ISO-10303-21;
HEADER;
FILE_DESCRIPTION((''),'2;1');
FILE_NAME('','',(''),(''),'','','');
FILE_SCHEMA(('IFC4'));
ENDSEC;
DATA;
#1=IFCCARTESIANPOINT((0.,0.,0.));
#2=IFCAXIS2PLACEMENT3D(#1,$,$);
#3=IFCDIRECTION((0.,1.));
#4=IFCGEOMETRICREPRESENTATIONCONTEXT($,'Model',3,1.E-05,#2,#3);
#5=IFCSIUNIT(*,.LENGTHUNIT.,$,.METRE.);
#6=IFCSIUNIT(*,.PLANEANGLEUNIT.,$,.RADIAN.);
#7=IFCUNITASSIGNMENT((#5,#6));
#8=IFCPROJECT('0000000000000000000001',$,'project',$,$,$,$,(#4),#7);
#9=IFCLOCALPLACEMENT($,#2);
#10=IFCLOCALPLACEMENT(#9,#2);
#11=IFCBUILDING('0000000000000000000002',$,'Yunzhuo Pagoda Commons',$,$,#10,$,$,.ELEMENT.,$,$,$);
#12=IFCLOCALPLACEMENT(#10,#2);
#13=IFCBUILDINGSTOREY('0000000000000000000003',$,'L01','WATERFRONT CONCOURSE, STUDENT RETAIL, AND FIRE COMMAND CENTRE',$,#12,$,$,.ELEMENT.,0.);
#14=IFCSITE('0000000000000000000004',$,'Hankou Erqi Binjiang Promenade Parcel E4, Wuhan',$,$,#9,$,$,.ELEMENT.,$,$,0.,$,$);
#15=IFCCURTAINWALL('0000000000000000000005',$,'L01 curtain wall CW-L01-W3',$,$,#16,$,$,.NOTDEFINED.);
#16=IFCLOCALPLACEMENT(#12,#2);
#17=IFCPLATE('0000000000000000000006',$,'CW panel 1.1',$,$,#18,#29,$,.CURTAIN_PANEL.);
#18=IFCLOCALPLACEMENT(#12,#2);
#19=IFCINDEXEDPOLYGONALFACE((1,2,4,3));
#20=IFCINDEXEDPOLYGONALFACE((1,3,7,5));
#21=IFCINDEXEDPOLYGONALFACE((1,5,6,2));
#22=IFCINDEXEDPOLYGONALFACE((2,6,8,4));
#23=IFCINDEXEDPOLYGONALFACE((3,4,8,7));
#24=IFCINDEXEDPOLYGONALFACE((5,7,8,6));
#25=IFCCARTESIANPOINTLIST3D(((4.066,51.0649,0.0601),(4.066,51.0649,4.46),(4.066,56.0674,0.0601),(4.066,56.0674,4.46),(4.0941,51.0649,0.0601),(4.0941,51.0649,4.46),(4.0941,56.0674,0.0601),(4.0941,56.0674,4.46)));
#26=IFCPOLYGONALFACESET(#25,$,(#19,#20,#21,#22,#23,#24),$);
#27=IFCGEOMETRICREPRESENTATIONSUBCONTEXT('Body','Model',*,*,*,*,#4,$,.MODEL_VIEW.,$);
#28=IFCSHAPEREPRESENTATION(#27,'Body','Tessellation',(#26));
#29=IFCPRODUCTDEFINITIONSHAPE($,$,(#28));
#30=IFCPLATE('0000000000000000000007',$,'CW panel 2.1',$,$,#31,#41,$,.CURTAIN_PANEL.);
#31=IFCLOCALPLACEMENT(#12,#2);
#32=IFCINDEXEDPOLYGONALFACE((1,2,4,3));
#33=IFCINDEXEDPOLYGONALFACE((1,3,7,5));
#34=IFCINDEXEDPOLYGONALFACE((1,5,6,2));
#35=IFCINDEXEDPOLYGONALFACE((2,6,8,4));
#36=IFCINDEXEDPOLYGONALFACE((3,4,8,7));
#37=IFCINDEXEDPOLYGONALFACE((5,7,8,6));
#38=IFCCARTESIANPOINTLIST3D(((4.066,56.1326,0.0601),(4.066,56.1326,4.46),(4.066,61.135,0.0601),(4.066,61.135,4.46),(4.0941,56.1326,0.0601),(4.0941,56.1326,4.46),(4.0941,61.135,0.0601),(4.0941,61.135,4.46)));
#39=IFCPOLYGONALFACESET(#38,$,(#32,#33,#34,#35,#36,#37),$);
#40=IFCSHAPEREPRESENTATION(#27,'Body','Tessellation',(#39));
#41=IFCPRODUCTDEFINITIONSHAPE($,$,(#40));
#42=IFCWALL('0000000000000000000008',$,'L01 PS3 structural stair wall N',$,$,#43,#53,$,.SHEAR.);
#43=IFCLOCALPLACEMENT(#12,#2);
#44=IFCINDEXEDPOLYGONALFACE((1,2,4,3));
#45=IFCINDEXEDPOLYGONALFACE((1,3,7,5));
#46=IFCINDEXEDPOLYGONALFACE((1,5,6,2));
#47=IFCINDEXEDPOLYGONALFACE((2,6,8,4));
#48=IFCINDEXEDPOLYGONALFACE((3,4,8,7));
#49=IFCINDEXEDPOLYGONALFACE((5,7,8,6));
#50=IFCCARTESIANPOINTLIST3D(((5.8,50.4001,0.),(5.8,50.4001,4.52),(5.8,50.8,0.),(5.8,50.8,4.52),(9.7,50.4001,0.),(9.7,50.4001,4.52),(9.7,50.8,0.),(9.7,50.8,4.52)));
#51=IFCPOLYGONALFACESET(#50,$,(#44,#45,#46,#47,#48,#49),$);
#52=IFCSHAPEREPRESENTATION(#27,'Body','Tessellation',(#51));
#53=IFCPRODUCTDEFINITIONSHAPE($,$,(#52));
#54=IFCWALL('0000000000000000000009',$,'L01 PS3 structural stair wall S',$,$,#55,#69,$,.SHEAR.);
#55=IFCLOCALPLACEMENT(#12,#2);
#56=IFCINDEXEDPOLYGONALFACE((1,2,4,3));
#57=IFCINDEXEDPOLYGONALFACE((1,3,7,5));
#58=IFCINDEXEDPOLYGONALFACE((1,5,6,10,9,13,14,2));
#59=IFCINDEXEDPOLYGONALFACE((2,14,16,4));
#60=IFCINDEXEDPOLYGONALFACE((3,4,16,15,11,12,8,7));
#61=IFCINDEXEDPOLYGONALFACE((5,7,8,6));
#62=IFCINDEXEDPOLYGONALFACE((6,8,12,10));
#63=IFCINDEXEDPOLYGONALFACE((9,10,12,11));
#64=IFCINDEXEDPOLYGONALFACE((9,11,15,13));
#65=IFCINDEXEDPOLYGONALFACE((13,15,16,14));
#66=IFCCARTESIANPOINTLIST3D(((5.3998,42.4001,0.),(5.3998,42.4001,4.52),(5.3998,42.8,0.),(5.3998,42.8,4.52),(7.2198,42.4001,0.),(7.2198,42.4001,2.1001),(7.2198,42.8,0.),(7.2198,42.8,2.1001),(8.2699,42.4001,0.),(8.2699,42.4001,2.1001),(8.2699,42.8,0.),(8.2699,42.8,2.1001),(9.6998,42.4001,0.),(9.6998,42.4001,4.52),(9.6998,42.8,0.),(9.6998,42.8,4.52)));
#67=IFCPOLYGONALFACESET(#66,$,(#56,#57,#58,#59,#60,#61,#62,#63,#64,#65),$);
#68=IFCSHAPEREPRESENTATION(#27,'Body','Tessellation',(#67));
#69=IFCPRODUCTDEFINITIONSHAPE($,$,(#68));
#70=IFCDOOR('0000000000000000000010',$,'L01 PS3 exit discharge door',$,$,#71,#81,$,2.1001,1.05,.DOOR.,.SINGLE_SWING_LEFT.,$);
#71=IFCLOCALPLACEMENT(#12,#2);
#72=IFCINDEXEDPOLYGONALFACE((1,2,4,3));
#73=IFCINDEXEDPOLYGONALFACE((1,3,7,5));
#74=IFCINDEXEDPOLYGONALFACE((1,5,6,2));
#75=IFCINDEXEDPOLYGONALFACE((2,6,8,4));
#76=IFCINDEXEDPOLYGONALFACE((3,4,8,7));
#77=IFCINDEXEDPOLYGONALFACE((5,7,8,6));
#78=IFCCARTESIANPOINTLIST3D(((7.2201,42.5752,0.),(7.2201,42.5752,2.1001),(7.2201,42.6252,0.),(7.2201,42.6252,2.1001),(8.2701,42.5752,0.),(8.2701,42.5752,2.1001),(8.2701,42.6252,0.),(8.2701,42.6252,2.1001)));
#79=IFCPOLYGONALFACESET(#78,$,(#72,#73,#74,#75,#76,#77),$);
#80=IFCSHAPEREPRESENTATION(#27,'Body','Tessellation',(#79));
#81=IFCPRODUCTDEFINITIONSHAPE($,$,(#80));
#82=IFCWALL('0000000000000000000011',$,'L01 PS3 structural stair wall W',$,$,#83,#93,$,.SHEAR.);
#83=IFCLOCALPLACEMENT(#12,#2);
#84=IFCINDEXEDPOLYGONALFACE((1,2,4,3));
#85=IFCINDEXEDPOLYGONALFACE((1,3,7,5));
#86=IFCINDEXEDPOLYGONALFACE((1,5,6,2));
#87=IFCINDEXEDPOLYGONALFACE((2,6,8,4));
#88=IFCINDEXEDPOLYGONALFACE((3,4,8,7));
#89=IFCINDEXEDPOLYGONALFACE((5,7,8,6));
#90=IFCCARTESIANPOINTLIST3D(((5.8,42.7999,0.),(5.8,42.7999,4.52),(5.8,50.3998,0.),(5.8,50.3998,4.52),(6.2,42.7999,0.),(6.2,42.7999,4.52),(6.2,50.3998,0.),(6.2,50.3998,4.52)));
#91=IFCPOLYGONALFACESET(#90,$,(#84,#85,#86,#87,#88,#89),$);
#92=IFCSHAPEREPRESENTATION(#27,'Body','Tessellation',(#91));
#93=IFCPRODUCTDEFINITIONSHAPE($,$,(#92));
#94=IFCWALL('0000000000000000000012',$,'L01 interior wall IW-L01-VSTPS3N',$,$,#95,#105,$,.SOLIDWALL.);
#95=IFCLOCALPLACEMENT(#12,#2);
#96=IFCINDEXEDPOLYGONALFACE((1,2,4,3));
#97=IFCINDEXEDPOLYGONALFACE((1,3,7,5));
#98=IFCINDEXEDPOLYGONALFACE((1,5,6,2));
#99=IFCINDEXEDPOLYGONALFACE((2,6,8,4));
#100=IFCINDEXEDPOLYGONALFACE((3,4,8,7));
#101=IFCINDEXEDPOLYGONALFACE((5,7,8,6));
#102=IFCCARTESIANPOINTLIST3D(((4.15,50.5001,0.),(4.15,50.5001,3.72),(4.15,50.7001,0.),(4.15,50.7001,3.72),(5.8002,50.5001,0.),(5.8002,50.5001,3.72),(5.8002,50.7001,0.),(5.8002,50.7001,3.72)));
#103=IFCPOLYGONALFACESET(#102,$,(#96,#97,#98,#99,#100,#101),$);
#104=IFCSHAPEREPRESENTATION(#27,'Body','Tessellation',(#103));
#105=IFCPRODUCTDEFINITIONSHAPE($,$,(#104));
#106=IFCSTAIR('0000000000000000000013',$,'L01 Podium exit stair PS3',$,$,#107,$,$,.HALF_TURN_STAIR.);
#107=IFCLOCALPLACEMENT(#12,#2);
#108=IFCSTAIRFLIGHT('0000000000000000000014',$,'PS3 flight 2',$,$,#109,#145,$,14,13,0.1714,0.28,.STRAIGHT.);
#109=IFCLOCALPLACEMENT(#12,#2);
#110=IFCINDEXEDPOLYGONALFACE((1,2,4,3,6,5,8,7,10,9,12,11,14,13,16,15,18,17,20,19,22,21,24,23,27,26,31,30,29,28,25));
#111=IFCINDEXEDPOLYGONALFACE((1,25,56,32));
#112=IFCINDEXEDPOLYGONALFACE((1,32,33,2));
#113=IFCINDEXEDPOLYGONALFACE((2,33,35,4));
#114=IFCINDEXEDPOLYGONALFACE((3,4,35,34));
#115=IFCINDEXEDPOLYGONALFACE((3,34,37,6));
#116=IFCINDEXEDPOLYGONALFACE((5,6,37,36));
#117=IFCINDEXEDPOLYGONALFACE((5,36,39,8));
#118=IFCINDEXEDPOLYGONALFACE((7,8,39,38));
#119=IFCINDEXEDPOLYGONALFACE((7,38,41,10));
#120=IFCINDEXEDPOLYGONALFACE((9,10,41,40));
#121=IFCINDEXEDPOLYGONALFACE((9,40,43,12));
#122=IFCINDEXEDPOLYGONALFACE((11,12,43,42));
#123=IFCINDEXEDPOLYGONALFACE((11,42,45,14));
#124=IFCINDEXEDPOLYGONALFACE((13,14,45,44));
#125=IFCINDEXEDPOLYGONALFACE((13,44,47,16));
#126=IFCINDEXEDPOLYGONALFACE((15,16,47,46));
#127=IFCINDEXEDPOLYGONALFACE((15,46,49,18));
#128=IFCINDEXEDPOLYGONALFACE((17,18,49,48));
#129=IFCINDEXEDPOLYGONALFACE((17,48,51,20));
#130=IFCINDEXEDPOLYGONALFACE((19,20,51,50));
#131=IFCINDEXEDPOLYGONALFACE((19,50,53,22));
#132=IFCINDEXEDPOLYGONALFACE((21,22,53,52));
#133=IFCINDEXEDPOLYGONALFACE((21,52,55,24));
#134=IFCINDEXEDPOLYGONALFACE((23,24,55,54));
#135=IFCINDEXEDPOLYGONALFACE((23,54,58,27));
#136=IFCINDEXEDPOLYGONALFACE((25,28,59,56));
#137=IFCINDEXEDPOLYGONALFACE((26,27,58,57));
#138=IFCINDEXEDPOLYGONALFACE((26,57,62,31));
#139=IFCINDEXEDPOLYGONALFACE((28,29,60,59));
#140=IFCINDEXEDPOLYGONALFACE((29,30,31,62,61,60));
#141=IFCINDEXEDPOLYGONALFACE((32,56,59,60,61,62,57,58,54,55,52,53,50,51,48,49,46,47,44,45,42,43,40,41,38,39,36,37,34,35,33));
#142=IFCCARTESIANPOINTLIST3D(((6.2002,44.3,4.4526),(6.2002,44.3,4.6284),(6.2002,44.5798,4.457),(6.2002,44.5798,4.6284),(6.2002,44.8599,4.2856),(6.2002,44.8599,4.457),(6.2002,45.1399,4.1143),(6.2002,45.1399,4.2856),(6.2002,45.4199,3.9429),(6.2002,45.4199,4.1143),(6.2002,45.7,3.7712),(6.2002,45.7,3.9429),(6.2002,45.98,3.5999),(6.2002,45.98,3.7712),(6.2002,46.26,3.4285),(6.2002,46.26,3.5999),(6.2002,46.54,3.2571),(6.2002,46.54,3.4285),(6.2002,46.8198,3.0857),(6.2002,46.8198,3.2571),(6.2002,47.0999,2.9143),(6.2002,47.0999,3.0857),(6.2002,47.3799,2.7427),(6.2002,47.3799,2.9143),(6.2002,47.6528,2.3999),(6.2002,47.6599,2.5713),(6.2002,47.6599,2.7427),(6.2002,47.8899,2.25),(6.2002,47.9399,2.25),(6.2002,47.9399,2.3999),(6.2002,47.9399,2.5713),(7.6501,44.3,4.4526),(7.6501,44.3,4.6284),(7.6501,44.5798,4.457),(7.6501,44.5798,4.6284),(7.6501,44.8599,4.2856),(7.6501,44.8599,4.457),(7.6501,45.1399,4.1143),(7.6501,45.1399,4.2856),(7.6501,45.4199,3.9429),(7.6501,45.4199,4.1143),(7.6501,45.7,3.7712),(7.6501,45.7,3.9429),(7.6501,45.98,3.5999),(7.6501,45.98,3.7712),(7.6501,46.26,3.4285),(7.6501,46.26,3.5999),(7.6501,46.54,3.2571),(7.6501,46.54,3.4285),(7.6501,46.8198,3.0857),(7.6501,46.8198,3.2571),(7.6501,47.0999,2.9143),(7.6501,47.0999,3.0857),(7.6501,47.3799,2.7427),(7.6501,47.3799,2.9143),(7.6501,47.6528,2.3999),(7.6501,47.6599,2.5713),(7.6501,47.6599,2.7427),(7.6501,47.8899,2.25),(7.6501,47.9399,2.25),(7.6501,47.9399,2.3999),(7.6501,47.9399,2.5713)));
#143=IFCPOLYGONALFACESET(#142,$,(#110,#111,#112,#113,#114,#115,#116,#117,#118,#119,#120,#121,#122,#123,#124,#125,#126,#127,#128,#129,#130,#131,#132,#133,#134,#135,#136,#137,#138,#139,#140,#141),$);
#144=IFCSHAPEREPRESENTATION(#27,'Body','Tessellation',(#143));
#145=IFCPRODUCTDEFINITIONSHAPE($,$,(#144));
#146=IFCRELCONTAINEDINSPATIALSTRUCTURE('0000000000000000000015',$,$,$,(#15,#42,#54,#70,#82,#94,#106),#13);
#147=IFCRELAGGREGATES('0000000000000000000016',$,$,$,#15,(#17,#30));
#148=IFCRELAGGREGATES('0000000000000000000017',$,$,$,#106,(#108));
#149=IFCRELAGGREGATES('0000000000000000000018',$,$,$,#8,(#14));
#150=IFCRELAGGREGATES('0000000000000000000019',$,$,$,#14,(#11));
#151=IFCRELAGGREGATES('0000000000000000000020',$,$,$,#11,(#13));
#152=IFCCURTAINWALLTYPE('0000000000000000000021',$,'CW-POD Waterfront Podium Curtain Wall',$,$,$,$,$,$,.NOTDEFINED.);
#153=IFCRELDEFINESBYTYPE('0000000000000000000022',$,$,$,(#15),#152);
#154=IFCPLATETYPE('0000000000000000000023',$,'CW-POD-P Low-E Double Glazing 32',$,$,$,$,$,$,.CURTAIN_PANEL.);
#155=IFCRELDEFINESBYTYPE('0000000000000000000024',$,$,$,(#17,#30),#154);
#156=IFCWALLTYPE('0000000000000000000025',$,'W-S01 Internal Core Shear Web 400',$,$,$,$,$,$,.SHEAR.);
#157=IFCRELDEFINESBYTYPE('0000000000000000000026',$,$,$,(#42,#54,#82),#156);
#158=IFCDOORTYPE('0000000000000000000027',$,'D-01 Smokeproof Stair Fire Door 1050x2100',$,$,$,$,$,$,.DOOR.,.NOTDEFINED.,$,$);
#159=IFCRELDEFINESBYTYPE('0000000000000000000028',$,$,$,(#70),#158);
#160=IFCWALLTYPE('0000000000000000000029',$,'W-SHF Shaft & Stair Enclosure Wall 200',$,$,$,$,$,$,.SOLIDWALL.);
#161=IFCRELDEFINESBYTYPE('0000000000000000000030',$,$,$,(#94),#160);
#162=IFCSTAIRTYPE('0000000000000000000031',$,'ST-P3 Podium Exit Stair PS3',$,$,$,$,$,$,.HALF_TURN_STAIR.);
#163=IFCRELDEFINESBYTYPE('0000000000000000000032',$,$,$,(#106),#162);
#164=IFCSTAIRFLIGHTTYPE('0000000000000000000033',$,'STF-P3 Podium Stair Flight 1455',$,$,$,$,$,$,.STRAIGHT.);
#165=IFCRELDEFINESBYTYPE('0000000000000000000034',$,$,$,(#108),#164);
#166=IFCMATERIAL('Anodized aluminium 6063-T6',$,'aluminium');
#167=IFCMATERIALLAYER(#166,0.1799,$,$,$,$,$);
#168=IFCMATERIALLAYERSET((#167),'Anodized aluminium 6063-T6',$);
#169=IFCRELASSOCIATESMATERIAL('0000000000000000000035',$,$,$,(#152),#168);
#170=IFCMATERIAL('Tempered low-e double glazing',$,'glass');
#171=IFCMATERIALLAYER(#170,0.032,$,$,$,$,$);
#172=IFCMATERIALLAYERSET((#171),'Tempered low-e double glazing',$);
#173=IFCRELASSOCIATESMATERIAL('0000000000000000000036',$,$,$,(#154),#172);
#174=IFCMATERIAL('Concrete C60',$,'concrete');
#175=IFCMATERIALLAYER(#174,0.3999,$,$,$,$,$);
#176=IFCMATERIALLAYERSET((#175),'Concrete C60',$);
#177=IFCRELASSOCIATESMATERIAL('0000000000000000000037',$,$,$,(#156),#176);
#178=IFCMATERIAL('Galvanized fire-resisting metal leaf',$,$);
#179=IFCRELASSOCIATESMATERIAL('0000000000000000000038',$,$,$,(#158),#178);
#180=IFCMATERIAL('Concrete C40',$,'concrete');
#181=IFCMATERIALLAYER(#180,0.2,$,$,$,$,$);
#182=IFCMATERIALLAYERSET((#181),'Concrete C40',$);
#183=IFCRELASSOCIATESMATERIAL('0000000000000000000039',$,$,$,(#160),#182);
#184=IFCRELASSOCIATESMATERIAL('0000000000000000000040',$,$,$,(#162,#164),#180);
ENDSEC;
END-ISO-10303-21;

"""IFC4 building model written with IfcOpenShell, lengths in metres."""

from ifc_helpers import new_model, si_unit, direction, frame, frame_2d, origin, origin_2d, place, context, subcontext, project, spatial, polyline, rectangle, outline, extrude, source, transform, mapped, material, layer, layer_set, type_object, element, fill, aggregate, save


model = new_model("IFC4")

# Units and contexts
model_context = context("Model", 3, precision=1e-05, world=origin(), true_north=direction((0.0, 1.0)))
body_context = subcontext(model_context, "Body", "Model", "MODEL_VIEW")
ifc_project = project(units=[si_unit("LENGTHUNIT", "METRE"), si_unit("PLANEANGLEUNIT", "RADIAN")], contexts=[model_context])

# Site, building, storey
site_placement = place(None, origin())
site = spatial("IfcSite", under=ifc_project, at=site_placement, Name="Hankou Erqi Binjiang Promenade Parcel E4, Wuhan", CompositionType="ELEMENT", RefElevation=0.0)
building_placement = place(site_placement, origin())
building = spatial("IfcBuilding", under=site, at=building_placement, Name="Yunzhuo Pagoda Commons", CompositionType="ELEMENT")
storey_placement = place(building_placement, origin())
storey = spatial("IfcBuildingStorey", under=building, at=storey_placement, Name="L01", Description="WATERFRONT CONCOURSE, STUDENT RETAIL, AND FIRE COMMAND CENTRE", CompositionType="ELEMENT", Elevation=0.0)

# Curtain wall
ifc_material_1 = material(Name="Anodized aluminium 6063-T6", Category="aluminium")
ifc_layer_1 = layer(ifc_material_1, 0.1799)
ifc_layer_set_1 = layer_set([ifc_layer_1], Name="Anodized aluminium 6063-T6")
curtain_wall_type = type_object("IfcCurtainWallType", Name="CW-POD Waterfront Podium Curtain Wall", PredefinedType="NOTDEFINED", material=ifc_layer_set_1)
curtain_wall_1_placement = place(storey_placement, origin())
curtain_wall_1 = element("IfcCurtainWall", 1, at=curtain_wall_1_placement, inside=storey, type_object=curtain_wall_type, Name="L01 curtain wall CW-L01-W3", PredefinedType="NOTDEFINED")

# Plates
ifc_material_2 = material(Name="Tempered low-e double glazing", Category="glass")
ifc_layer_2 = layer(ifc_material_2, 0.032)
ifc_layer_set_2 = layer_set([ifc_layer_2], Name="Tempered low-e double glazing")
plate_type = type_object("IfcPlateType", Name="CW-POD-P Low-E Double Glazing 32", PredefinedType="CURTAIN_PANEL", material=ifc_layer_set_2)
shared_shape_1 = source(origin(), body_context, "Body", "SweptSolid", [
    extrude(rectangle(XDim=5.0024, YDim=0.0281, at=origin_2d()), origin(), (0.0, 0.0, 1.0), 4.3999),
])
plate_1_placement = place(storey_placement, frame((4.0801, 53.5662, 0.0601), z_axis=(0.0, 0.0, 1.0), x_axis=(0.0, 1.0, 0.0)))
plate_1 = element("IfcPlate", 2, at=plate_1_placement, type_object=plate_type, Name="CW panel 1.1", PredefinedType="CURTAIN_PANEL", context=body_context, shape_type="MappedRepresentation", body=[
    mapped(shared_shape_1, transform((0.0, 0.0, 0.0), scale=1.0)),
])
plate_2_placement = place(storey_placement, frame((4.0801, 58.6338, 0.0601), z_axis=(0.0, 0.0, 1.0), x_axis=(0.0, 1.0, 0.0)))
plate_2 = element("IfcPlate", 3, at=plate_2_placement, type_object=plate_type, Name="CW panel 2.1", PredefinedType="CURTAIN_PANEL", context=body_context, shape_type="MappedRepresentation", body=[
    mapped(shared_shape_1, transform((0.0, 0.0, 0.0), scale=1.0)),
])
aggregate(curtain_wall_1, [plate_1, plate_2])

# Wall
ifc_material_3 = material(Name="Concrete C60", Category="concrete")
ifc_layer_3 = layer(ifc_material_3, 0.3999)
ifc_layer_set_3 = layer_set([ifc_layer_3], Name="Concrete C60")
wall_type_1 = type_object("IfcWallType", Name="W-S01 Internal Core Shear Web 400", PredefinedType="SHEAR", material=ifc_layer_set_3)
wall_1_placement = place(storey_placement, frame((5.8, 50.6001, 0.0), z_axis=(0.0, 0.0, 1.0), x_axis=(1.0, 0.0, 0.0)))
element("IfcWall", 4, at=wall_1_placement, inside=storey, type_object=wall_type_1, Name="L01 PS3 structural stair wall N", PredefinedType="SHEAR", context=body_context, shape_type="SweptSolid", body=[
    extrude(rectangle(XDim=3.8999, YDim=0.3999, at=frame_2d((1.95, 0.0))), origin(), (0.0, 0.0, 1.0), 4.52),
])

# Wall, opening, door
wall_2_placement = place(storey_placement, frame((5.3999, 42.6001, 0.0), z_axis=(0.0, 0.0, 1.0), x_axis=(1.0, 0.0, 0.0)))
wall_2 = element("IfcWall", 5, at=wall_2_placement, inside=storey, type_object=wall_type_1, Name="L01 PS3 structural stair wall S", PredefinedType="SHEAR", context=body_context, shape_type="SweptSolid", body=[
    extrude(rectangle(XDim=4.3, YDim=0.3999, at=frame_2d((2.1499, 0.0))), origin(), (0.0, 0.0, 1.0), 4.52),
])
opening_placement = place(wall_2_placement, frame((1.8201, 0.0, 0.0)))
opening = element("IfcOpeningElement", 6, at=opening_placement, cuts=wall_2, PredefinedType="OPENING", context=body_context, shape_type="SweptSolid", body=[
    extrude(rectangle(XDim=1.05, YDim=2.1001, at=frame_2d((0.5249, 1.05))), frame((0.0, 0.21, 0.0), z_axis=(0.0, -1.0, 0.0), x_axis=(1.0, 0.0, 0.0)), (0.0, 0.0, 1.0), 0.4199),
])
ifc_material_4 = material(Name="Galvanized fire-resisting metal leaf")
door_type = type_object("IfcDoorType", Name="D-01 Smokeproof Stair Fire Door 1050x2100", OperationType="NOTDEFINED", PredefinedType="DOOR", material=ifc_material_4)
shared_shape_2 = source(origin(), body_context, "Body", "SweptSolid", [
    extrude(rectangle(XDim=1.05, YDim=2.1001, at=frame_2d((0.5249, 1.05))), frame((0.0, 0.0249, 0.0), z_axis=(0.0, -1.0, 0.0), x_axis=(1.0, 0.0, 0.0)), (0.0, 0.0, 1.0), 0.05),
])
door_placement = place(opening_placement, frame((1.05, 0.0, 0.0), z_axis=(0.0, 0.0, 1.0), x_axis=(-1.0, 0.0, 0.0)))
door = element("IfcDoor", 7, at=door_placement, inside=storey, type_object=door_type, Name="L01 PS3 exit discharge door", OperationType="SINGLE_SWING_LEFT", OverallHeight=2.1001, OverallWidth=1.05, PredefinedType="DOOR", context=body_context, shape_type="MappedRepresentation", body=[
    mapped(shared_shape_2, transform((0.0, 0.0, 0.0), scale=1.0)),
])
fill(opening, door)

# Walls
wall_3_placement = place(storey_placement, frame((6.0, 42.8, 0.0), z_axis=(0.0, 0.0, 1.0), x_axis=(0.0, 1.0, 0.0)))
element("IfcWall", 8, at=wall_3_placement, inside=storey, type_object=wall_type_1, Name="L01 PS3 structural stair wall W", PredefinedType="SHEAR", context=body_context, shape_type="SweptSolid", body=[
    extrude(rectangle(XDim=7.5999, YDim=0.3999, at=frame_2d((3.7998, 0.0))), origin(), (0.0, 0.0, 1.0), 4.52),
])
ifc_material_5 = material(Name="Concrete C40", Category="concrete")
ifc_layer_4 = layer(ifc_material_5, 0.2)
ifc_layer_set_4 = layer_set([ifc_layer_4], Name="Concrete C40")
wall_type_2 = type_object("IfcWallType", Name="W-SHF Shaft & Stair Enclosure Wall 200", PredefinedType="SOLIDWALL", material=ifc_layer_set_4)
wall_4_placement = place(storey_placement, frame((4.1499, 50.6001, 0.0), z_axis=(0.0, 0.0, 1.0), x_axis=(1.0, 0.0, 0.0)))
element("IfcWall", 9, at=wall_4_placement, inside=storey, type_object=wall_type_2, Name="L01 interior wall IW-L01-VSTPS3N", PredefinedType="SOLIDWALL", context=body_context, shape_type="SweptSolid", body=[
    extrude(rectangle(XDim=1.6501, YDim=0.2, at=frame_2d((0.8252, 0.0))), origin(), (0.0, 0.0, 1.0), 3.72),
])

# Stair, stair flight
stair_type = type_object("IfcStairType", Name="ST-P3 Podium Exit Stair PS3", PredefinedType="HALF_TURN_STAIR", material=ifc_material_5)
stair_placement = place(storey_placement, origin())
stair = element("IfcStair", 10, at=stair_placement, inside=storey, type_object=stair_type, Name="L01 Podium exit stair PS3", PredefinedType="HALF_TURN_STAIR")
stair_flight_type = type_object("IfcStairFlightType", Name="STF-P3 Podium Stair Flight 1455", PredefinedType="STRAIGHT", material=ifc_material_5)
shared_shape_3 = source(origin(), body_context, "Body", "SweptSolid", [
    extrude(outline(polyline([(0.0, -0.1499), (0.0, 0.0), (0.0, 0.1714), (0.28, 0.1714), (0.28, 0.3428), (0.5601, 0.3428), (0.5601, 0.5144), (0.8401, 0.5144), (0.8401, 0.6858), (1.1201, 0.6858), (1.1201, 0.8572), (1.3999, 0.8572), (1.3999, 1.0286), (1.6799, 1.0286), (1.6799, 1.2), (1.96, 1.2), (1.96, 1.3713), (2.24, 1.3713), (2.24, 1.543), (2.52, 1.543), (2.52, 1.7144), (2.8, 1.7144), (2.8, 1.8857), (3.0801, 1.8857), (3.0801, 2.0571), (3.3601, 2.0571), (3.3601, 2.2285), (3.6399, 2.2285), (3.6399, 2.3999), (3.6399, 2.0527), (0.2871, 0.0), (0.05, -0.1499), (0.0, -0.1499)])), frame((0.0, 0.7251, 0.0), z_axis=(0.0, -1.0, 0.0), x_axis=(1.0, 0.0, 0.0)), (0.0, 0.0, 1.0), 1.45),
])
stair_flight_placement = place(storey_placement, frame((6.925, 47.9399, 2.3999), z_axis=(0.0, 0.0, 1.0), x_axis=(0.0, -1.0, 0.0)))
stair_flight = element("IfcStairFlight", 11, at=stair_flight_placement, type_object=stair_flight_type, Name="PS3 flight 2", NumberOfRisers=14, NumberOfTreads=13, PredefinedType="STRAIGHT", RiserHeight=0.1714, TreadLength=0.28, context=body_context, shape_type="MappedRepresentation", body=[
    mapped(shared_shape_3, transform((0.0, 0.0, 0.0), scale=1.0)),
])
aggregate(stair, [stair_flight])

save(model, "model.ifc")
